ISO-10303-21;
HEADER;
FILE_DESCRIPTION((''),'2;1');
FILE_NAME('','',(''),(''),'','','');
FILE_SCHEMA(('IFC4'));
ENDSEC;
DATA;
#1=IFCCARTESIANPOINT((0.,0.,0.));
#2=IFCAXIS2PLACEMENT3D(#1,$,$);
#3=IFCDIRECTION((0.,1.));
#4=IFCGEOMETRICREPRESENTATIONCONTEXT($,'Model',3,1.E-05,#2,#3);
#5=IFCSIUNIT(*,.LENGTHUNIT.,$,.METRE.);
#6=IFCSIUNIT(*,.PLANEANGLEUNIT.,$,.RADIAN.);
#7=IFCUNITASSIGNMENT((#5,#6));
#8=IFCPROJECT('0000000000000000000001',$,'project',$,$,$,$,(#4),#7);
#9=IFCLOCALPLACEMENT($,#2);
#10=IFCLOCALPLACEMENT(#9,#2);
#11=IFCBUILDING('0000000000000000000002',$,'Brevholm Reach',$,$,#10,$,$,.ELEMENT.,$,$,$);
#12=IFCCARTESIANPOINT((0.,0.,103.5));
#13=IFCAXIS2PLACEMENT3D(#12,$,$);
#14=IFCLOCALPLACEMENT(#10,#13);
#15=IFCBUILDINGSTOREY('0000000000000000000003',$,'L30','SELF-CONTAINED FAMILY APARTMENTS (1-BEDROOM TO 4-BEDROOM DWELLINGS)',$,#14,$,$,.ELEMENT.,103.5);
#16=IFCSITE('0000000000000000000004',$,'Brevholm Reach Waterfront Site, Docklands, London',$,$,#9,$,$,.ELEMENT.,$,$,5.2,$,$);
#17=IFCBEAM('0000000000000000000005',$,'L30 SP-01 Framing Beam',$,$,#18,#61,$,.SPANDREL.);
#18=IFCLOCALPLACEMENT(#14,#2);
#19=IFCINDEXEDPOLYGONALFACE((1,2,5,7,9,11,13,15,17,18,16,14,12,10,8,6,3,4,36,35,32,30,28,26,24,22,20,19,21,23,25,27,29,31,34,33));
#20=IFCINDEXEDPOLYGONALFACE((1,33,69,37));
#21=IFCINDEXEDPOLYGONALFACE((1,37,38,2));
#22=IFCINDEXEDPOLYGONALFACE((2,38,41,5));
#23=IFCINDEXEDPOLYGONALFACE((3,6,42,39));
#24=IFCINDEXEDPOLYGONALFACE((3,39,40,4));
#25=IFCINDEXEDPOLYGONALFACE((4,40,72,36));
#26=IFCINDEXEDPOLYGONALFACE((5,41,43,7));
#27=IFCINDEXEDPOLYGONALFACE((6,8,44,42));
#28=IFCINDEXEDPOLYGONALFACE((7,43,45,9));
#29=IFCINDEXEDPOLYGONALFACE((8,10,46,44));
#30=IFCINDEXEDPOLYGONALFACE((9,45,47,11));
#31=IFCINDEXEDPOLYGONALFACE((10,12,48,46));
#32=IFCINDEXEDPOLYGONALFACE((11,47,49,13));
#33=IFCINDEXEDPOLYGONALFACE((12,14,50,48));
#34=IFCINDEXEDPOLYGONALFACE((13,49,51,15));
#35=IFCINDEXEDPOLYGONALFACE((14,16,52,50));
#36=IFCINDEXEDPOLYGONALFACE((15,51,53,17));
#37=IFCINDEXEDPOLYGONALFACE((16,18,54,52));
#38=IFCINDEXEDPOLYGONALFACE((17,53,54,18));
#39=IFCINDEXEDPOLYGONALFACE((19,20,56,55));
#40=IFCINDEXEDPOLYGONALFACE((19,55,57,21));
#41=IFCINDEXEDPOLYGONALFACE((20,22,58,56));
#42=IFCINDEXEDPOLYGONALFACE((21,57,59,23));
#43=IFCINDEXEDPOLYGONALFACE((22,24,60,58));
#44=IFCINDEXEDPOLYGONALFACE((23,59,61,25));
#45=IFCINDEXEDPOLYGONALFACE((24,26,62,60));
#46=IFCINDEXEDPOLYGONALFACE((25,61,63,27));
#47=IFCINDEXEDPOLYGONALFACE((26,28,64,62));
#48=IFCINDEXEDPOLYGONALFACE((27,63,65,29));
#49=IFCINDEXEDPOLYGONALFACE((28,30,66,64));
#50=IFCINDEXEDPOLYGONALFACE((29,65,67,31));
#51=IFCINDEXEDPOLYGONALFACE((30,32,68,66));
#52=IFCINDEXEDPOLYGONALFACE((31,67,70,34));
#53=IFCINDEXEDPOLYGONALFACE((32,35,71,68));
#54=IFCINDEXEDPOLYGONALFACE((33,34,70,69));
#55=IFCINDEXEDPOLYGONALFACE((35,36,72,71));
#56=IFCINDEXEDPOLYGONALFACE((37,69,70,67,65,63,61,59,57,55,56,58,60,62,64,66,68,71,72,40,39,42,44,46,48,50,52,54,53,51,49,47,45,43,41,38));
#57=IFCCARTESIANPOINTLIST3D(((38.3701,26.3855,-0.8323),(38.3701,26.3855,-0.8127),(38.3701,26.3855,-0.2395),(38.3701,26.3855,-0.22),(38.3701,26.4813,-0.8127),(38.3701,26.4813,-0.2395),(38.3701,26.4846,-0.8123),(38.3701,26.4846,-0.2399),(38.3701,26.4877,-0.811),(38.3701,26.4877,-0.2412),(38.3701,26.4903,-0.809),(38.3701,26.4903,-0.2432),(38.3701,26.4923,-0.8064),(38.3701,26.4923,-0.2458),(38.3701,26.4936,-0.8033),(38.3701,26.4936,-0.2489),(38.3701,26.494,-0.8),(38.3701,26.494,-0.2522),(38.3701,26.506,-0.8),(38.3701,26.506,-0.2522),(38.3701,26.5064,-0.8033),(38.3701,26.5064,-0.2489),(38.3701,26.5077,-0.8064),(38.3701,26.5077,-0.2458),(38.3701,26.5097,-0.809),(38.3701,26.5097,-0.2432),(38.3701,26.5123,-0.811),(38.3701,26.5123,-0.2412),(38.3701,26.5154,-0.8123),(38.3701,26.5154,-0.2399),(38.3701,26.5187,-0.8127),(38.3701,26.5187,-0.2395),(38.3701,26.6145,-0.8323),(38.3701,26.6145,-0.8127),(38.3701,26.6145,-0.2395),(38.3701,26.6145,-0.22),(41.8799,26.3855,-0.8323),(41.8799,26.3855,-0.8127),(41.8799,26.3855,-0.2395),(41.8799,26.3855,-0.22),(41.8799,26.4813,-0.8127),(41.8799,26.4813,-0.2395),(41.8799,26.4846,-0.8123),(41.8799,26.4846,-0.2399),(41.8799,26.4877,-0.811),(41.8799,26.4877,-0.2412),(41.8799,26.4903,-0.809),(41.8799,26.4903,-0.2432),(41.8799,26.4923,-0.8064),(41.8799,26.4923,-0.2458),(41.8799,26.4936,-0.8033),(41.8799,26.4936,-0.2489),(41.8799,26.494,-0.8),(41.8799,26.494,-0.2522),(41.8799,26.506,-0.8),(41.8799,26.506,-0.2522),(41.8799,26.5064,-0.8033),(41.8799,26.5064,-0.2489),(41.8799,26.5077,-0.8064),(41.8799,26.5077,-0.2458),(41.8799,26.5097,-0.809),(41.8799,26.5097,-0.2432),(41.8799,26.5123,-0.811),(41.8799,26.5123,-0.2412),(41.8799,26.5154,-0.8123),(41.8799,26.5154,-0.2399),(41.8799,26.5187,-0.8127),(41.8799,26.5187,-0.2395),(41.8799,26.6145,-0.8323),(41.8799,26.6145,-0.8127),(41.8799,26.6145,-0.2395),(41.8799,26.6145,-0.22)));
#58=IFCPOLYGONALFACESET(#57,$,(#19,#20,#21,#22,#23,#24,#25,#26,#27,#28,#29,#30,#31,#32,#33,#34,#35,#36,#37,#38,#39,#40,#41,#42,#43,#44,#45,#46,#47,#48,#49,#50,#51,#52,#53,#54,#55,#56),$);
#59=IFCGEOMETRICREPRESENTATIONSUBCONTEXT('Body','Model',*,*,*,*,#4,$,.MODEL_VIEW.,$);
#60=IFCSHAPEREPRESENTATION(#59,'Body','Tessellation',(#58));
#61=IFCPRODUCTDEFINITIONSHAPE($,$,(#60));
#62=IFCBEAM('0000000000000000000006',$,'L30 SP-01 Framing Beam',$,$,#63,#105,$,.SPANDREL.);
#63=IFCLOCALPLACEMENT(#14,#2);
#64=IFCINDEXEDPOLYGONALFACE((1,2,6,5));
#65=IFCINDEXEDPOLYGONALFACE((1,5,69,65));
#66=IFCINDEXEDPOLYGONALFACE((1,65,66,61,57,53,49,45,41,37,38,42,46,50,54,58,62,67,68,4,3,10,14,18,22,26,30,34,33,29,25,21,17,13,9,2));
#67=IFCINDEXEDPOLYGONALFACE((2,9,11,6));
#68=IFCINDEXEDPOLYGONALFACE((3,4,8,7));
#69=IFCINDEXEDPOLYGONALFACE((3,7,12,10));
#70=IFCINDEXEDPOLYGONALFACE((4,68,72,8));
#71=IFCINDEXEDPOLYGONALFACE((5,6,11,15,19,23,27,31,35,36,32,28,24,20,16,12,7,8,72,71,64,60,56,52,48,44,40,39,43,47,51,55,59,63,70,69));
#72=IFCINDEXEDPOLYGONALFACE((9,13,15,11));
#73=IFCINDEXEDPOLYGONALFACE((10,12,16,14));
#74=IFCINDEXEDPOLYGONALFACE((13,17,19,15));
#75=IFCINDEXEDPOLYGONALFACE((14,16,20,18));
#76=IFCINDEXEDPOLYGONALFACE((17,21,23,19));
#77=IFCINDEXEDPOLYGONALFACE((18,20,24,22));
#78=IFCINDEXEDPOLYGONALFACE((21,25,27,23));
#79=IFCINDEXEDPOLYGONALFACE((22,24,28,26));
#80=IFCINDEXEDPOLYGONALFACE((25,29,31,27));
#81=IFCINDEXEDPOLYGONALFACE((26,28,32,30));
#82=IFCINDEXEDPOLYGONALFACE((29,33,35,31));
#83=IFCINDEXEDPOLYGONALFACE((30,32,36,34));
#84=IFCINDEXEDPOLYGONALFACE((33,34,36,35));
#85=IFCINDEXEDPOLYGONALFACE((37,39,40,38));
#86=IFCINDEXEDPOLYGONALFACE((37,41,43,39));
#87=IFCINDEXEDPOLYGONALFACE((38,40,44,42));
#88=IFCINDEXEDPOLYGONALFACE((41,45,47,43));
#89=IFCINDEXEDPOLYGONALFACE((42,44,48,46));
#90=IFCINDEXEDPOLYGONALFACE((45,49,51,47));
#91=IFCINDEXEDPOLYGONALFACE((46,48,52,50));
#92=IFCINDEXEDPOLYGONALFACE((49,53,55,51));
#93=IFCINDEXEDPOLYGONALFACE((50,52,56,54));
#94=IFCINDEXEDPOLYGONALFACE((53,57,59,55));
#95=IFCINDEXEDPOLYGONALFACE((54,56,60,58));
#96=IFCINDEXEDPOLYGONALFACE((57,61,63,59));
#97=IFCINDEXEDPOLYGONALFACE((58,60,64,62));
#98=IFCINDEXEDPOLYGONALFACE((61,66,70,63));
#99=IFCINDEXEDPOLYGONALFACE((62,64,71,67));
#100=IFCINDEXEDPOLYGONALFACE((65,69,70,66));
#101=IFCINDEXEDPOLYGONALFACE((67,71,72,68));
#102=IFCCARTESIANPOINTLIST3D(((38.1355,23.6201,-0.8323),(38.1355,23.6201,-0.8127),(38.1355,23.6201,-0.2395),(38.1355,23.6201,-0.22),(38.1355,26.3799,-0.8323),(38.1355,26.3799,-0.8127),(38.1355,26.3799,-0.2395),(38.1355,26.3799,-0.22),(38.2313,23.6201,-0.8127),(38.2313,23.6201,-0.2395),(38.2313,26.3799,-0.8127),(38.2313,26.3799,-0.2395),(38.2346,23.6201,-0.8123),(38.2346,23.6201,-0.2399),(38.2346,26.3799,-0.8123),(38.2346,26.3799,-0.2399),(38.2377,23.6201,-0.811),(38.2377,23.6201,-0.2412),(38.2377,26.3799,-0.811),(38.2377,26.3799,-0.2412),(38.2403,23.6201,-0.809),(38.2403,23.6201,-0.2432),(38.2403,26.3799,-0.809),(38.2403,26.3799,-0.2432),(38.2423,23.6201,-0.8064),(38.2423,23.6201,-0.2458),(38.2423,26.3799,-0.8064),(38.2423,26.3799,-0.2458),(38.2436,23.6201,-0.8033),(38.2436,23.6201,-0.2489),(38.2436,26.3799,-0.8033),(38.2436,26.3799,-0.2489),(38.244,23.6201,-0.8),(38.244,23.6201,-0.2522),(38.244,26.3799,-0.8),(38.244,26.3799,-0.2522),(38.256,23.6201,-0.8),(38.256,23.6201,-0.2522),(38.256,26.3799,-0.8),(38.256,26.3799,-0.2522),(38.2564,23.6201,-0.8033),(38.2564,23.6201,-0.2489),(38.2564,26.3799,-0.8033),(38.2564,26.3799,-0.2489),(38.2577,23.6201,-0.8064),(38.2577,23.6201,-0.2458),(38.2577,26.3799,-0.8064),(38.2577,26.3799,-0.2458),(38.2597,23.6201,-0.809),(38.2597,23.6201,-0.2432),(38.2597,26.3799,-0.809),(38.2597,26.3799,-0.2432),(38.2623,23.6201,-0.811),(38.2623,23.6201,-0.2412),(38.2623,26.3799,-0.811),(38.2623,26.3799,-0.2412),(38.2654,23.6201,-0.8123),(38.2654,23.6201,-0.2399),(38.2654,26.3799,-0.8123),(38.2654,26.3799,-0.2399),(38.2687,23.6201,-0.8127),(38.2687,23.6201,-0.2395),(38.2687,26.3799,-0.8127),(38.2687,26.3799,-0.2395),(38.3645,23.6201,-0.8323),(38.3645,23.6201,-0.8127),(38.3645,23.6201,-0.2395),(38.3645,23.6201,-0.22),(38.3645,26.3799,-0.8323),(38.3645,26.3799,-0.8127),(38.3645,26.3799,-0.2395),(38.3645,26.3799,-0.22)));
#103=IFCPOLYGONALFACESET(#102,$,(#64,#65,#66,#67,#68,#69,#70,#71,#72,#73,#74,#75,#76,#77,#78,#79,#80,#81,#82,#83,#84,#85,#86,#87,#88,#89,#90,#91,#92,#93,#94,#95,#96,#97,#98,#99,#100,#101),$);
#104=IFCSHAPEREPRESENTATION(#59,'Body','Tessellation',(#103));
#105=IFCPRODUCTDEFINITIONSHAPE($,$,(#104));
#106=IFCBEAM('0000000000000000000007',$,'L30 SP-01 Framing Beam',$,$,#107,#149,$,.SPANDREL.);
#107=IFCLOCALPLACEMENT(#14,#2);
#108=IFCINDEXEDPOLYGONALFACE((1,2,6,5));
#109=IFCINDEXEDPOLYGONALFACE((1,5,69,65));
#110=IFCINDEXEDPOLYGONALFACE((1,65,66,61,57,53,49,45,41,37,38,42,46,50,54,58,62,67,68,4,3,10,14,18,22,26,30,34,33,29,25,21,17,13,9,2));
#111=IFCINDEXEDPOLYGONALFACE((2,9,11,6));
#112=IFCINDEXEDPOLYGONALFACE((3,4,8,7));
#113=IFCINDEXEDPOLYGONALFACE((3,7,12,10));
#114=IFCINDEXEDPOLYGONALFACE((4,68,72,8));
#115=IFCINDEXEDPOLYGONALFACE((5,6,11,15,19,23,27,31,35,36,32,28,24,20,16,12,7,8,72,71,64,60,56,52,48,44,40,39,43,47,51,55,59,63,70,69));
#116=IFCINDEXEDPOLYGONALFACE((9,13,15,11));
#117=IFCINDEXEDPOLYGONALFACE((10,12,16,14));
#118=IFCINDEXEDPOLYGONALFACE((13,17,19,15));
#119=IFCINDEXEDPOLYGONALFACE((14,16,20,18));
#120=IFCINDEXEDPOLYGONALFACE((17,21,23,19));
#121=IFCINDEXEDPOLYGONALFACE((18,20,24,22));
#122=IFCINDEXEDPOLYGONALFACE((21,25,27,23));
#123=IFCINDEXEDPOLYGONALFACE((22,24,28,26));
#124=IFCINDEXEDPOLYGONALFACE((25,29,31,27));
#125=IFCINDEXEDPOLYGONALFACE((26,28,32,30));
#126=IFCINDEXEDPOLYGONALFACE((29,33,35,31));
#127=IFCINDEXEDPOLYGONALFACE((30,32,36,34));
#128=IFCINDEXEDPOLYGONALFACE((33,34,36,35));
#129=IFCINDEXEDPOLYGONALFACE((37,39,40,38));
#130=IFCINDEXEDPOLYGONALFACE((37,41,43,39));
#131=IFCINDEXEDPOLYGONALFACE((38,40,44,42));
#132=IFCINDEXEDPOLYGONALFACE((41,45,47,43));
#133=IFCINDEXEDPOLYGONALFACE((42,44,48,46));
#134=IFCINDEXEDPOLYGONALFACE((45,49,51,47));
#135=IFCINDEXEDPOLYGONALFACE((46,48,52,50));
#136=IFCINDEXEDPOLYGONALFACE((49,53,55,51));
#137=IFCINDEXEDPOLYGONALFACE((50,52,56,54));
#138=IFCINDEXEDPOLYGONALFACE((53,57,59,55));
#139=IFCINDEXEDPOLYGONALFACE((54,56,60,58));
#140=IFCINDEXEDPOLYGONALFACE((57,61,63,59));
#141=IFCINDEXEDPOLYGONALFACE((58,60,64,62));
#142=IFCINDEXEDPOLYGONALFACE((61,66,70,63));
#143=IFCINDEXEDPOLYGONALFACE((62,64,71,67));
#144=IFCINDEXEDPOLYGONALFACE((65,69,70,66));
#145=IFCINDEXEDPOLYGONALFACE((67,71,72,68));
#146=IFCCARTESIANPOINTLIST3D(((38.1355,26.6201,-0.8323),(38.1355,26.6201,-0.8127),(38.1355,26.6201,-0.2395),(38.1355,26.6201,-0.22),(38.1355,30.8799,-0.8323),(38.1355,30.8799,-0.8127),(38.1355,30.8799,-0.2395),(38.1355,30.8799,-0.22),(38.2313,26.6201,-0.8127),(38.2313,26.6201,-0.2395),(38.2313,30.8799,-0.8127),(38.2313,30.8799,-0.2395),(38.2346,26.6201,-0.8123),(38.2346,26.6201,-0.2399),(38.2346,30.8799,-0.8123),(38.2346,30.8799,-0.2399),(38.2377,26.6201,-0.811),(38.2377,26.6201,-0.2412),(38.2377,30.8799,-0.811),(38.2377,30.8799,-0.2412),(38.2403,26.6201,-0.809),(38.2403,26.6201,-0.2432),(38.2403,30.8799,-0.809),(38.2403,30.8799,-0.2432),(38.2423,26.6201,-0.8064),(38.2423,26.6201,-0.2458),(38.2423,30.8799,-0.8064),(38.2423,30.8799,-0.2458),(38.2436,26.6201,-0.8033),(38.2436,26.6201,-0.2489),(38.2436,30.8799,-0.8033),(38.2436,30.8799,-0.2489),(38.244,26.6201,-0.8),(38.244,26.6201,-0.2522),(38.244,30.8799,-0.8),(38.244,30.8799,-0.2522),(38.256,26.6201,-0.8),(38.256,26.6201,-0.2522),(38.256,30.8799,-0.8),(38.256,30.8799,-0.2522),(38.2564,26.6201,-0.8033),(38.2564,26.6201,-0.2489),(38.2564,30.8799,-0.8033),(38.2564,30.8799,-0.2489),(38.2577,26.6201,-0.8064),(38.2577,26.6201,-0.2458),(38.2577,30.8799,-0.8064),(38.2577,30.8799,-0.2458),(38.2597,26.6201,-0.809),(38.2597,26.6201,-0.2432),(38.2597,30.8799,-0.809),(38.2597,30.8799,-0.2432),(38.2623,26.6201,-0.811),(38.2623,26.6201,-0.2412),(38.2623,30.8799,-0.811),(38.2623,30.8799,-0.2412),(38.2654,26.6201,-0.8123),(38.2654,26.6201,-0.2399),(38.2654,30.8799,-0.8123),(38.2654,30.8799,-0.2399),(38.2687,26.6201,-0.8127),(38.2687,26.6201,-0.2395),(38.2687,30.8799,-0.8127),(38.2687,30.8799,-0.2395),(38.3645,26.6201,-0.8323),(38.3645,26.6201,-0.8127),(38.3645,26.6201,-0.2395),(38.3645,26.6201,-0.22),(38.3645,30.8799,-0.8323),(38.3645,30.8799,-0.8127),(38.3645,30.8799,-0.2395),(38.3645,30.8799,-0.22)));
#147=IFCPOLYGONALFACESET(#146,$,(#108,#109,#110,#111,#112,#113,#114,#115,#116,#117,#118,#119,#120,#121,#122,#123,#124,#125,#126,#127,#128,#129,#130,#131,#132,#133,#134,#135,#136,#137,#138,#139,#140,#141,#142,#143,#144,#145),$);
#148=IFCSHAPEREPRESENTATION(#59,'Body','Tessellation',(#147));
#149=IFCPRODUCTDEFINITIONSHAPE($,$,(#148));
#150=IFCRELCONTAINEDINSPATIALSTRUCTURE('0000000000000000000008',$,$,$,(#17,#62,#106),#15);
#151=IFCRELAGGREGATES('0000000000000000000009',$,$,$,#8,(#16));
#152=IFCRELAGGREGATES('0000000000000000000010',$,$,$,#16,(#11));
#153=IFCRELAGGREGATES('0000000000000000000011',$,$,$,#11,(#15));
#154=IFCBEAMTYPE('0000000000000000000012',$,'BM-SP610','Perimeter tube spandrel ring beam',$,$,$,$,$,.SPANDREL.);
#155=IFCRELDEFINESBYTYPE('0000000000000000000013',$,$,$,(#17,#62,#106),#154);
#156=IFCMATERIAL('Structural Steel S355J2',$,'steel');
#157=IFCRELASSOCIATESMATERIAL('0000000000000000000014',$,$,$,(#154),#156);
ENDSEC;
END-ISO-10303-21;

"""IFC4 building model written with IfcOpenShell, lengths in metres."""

from ifc_helpers import new_model, si_unit, direction, frame, origin, origin_2d, place, context, subcontext, project, spatial, i_section, extrude, material, material_profile, profile_set, type_object, element, save


model = new_model("IFC4")

# Units and contexts
model_context = context("Model", 3, precision=1e-05, world=origin(), true_north=direction((0.0, 1.0)))
body_context = subcontext(model_context, "Body", "Model", "MODEL_VIEW")
ifc_project = project(units=[si_unit("LENGTHUNIT", "METRE"), si_unit("PLANEANGLEUNIT", "RADIAN")], contexts=[model_context])

# Site, building, storey
site_placement = place(None, origin())
site = spatial("IfcSite", under=ifc_project, at=site_placement, Name="Brevholm Reach Waterfront Site, Docklands, London", CompositionType="ELEMENT", RefElevation=5.2)
building_placement = place(site_placement, origin())
building = spatial("IfcBuilding", under=site, at=building_placement, Name="Brevholm Reach", CompositionType="ELEMENT")
storey_placement = place(building_placement, frame((0.0, 0.0, 103.5)))
storey = spatial("IfcBuildingStorey", under=building, at=storey_placement, Name="L30", Description="SELF-CONTAINED FAMILY APARTMENTS (1-BEDROOM TO 4-BEDROOM DWELLINGS)", CompositionType="ELEMENT", Elevation=103.5)

# Beams
ifc_material_1 = material(Name="Structural Steel S355J2", Category="steel")
ifc_material_profile_1 = material_profile(ifc_material_1, i_section(OverallWidth=0.229, OverallDepth=0.6123, WebThickness=0.012, FlangeThickness=0.0195, FilletRadius=0.0127, at=origin_2d()), Name="UKB 610x229x125")
ifc_profile_set_1 = profile_set([ifc_material_profile_1], Name="Structural Steel S355J2")
beam_type_1 = type_object("IfcBeamType", Name="BM-SP610", Description="Perimeter tube spandrel ring beam", PredefinedType="SPANDREL", material=ifc_profile_set_1)
for number, where, z_axis, x_axis, name in (
    (1, (38.3701, 26.5, -0.5261), (1.0, 0.0, 0.0), (0.0, 1.0, 0.0), "L30 SP-01 Framing Beam"),
):
    element("IfcBeam", number, at=place(storey_placement, frame(where, z_axis=z_axis, x_axis=x_axis)), inside=storey, type_object=beam_type_1, Name=name, PredefinedType="SPANDREL", context=body_context, shape_type="SweptSolid", body=[
        extrude(i_section(OverallWidth=0.229, OverallDepth=0.6123, WebThickness=0.012, FlangeThickness=0.0195, FilletRadius=0.0127, at=origin_2d()), origin(), (0.0, 0.0, 1.0), 3.5098),
    ])
beam_1_placement = place(storey_placement, frame((38.25, 23.6201, -0.5261), z_axis=(0.0, 1.0, 0.0), x_axis=(-1.0, 0.0, 0.0)))
element("IfcBeam", 2, at=beam_1_placement, inside=storey, type_object=beam_type_1, Name="L30 SP-01 Framing Beam", PredefinedType="SPANDREL", context=body_context, shape_type="SweptSolid", body=[
    extrude(i_section(OverallWidth=0.229, OverallDepth=0.6123, WebThickness=0.012, FlangeThickness=0.0195, FilletRadius=0.0127, at=origin_2d()), origin(), (0.0, 0.0, 1.0), 2.7598),
])
beam_2_placement = place(storey_placement, frame((38.25, 26.6201, -0.5261), z_axis=(0.0, 1.0, 0.0), x_axis=(-1.0, 0.0, 0.0)))
element("IfcBeam", 3, at=beam_2_placement, inside=storey, type_object=beam_type_1, Name="L30 SP-01 Framing Beam", PredefinedType="SPANDREL", context=body_context, shape_type="SweptSolid", body=[
    extrude(i_section(OverallWidth=0.229, OverallDepth=0.6123, WebThickness=0.012, FlangeThickness=0.0195, FilletRadius=0.0127, at=origin_2d()), origin(), (0.0, 0.0, 1.0), 4.2598),
])

save(model, "model.ifc")
